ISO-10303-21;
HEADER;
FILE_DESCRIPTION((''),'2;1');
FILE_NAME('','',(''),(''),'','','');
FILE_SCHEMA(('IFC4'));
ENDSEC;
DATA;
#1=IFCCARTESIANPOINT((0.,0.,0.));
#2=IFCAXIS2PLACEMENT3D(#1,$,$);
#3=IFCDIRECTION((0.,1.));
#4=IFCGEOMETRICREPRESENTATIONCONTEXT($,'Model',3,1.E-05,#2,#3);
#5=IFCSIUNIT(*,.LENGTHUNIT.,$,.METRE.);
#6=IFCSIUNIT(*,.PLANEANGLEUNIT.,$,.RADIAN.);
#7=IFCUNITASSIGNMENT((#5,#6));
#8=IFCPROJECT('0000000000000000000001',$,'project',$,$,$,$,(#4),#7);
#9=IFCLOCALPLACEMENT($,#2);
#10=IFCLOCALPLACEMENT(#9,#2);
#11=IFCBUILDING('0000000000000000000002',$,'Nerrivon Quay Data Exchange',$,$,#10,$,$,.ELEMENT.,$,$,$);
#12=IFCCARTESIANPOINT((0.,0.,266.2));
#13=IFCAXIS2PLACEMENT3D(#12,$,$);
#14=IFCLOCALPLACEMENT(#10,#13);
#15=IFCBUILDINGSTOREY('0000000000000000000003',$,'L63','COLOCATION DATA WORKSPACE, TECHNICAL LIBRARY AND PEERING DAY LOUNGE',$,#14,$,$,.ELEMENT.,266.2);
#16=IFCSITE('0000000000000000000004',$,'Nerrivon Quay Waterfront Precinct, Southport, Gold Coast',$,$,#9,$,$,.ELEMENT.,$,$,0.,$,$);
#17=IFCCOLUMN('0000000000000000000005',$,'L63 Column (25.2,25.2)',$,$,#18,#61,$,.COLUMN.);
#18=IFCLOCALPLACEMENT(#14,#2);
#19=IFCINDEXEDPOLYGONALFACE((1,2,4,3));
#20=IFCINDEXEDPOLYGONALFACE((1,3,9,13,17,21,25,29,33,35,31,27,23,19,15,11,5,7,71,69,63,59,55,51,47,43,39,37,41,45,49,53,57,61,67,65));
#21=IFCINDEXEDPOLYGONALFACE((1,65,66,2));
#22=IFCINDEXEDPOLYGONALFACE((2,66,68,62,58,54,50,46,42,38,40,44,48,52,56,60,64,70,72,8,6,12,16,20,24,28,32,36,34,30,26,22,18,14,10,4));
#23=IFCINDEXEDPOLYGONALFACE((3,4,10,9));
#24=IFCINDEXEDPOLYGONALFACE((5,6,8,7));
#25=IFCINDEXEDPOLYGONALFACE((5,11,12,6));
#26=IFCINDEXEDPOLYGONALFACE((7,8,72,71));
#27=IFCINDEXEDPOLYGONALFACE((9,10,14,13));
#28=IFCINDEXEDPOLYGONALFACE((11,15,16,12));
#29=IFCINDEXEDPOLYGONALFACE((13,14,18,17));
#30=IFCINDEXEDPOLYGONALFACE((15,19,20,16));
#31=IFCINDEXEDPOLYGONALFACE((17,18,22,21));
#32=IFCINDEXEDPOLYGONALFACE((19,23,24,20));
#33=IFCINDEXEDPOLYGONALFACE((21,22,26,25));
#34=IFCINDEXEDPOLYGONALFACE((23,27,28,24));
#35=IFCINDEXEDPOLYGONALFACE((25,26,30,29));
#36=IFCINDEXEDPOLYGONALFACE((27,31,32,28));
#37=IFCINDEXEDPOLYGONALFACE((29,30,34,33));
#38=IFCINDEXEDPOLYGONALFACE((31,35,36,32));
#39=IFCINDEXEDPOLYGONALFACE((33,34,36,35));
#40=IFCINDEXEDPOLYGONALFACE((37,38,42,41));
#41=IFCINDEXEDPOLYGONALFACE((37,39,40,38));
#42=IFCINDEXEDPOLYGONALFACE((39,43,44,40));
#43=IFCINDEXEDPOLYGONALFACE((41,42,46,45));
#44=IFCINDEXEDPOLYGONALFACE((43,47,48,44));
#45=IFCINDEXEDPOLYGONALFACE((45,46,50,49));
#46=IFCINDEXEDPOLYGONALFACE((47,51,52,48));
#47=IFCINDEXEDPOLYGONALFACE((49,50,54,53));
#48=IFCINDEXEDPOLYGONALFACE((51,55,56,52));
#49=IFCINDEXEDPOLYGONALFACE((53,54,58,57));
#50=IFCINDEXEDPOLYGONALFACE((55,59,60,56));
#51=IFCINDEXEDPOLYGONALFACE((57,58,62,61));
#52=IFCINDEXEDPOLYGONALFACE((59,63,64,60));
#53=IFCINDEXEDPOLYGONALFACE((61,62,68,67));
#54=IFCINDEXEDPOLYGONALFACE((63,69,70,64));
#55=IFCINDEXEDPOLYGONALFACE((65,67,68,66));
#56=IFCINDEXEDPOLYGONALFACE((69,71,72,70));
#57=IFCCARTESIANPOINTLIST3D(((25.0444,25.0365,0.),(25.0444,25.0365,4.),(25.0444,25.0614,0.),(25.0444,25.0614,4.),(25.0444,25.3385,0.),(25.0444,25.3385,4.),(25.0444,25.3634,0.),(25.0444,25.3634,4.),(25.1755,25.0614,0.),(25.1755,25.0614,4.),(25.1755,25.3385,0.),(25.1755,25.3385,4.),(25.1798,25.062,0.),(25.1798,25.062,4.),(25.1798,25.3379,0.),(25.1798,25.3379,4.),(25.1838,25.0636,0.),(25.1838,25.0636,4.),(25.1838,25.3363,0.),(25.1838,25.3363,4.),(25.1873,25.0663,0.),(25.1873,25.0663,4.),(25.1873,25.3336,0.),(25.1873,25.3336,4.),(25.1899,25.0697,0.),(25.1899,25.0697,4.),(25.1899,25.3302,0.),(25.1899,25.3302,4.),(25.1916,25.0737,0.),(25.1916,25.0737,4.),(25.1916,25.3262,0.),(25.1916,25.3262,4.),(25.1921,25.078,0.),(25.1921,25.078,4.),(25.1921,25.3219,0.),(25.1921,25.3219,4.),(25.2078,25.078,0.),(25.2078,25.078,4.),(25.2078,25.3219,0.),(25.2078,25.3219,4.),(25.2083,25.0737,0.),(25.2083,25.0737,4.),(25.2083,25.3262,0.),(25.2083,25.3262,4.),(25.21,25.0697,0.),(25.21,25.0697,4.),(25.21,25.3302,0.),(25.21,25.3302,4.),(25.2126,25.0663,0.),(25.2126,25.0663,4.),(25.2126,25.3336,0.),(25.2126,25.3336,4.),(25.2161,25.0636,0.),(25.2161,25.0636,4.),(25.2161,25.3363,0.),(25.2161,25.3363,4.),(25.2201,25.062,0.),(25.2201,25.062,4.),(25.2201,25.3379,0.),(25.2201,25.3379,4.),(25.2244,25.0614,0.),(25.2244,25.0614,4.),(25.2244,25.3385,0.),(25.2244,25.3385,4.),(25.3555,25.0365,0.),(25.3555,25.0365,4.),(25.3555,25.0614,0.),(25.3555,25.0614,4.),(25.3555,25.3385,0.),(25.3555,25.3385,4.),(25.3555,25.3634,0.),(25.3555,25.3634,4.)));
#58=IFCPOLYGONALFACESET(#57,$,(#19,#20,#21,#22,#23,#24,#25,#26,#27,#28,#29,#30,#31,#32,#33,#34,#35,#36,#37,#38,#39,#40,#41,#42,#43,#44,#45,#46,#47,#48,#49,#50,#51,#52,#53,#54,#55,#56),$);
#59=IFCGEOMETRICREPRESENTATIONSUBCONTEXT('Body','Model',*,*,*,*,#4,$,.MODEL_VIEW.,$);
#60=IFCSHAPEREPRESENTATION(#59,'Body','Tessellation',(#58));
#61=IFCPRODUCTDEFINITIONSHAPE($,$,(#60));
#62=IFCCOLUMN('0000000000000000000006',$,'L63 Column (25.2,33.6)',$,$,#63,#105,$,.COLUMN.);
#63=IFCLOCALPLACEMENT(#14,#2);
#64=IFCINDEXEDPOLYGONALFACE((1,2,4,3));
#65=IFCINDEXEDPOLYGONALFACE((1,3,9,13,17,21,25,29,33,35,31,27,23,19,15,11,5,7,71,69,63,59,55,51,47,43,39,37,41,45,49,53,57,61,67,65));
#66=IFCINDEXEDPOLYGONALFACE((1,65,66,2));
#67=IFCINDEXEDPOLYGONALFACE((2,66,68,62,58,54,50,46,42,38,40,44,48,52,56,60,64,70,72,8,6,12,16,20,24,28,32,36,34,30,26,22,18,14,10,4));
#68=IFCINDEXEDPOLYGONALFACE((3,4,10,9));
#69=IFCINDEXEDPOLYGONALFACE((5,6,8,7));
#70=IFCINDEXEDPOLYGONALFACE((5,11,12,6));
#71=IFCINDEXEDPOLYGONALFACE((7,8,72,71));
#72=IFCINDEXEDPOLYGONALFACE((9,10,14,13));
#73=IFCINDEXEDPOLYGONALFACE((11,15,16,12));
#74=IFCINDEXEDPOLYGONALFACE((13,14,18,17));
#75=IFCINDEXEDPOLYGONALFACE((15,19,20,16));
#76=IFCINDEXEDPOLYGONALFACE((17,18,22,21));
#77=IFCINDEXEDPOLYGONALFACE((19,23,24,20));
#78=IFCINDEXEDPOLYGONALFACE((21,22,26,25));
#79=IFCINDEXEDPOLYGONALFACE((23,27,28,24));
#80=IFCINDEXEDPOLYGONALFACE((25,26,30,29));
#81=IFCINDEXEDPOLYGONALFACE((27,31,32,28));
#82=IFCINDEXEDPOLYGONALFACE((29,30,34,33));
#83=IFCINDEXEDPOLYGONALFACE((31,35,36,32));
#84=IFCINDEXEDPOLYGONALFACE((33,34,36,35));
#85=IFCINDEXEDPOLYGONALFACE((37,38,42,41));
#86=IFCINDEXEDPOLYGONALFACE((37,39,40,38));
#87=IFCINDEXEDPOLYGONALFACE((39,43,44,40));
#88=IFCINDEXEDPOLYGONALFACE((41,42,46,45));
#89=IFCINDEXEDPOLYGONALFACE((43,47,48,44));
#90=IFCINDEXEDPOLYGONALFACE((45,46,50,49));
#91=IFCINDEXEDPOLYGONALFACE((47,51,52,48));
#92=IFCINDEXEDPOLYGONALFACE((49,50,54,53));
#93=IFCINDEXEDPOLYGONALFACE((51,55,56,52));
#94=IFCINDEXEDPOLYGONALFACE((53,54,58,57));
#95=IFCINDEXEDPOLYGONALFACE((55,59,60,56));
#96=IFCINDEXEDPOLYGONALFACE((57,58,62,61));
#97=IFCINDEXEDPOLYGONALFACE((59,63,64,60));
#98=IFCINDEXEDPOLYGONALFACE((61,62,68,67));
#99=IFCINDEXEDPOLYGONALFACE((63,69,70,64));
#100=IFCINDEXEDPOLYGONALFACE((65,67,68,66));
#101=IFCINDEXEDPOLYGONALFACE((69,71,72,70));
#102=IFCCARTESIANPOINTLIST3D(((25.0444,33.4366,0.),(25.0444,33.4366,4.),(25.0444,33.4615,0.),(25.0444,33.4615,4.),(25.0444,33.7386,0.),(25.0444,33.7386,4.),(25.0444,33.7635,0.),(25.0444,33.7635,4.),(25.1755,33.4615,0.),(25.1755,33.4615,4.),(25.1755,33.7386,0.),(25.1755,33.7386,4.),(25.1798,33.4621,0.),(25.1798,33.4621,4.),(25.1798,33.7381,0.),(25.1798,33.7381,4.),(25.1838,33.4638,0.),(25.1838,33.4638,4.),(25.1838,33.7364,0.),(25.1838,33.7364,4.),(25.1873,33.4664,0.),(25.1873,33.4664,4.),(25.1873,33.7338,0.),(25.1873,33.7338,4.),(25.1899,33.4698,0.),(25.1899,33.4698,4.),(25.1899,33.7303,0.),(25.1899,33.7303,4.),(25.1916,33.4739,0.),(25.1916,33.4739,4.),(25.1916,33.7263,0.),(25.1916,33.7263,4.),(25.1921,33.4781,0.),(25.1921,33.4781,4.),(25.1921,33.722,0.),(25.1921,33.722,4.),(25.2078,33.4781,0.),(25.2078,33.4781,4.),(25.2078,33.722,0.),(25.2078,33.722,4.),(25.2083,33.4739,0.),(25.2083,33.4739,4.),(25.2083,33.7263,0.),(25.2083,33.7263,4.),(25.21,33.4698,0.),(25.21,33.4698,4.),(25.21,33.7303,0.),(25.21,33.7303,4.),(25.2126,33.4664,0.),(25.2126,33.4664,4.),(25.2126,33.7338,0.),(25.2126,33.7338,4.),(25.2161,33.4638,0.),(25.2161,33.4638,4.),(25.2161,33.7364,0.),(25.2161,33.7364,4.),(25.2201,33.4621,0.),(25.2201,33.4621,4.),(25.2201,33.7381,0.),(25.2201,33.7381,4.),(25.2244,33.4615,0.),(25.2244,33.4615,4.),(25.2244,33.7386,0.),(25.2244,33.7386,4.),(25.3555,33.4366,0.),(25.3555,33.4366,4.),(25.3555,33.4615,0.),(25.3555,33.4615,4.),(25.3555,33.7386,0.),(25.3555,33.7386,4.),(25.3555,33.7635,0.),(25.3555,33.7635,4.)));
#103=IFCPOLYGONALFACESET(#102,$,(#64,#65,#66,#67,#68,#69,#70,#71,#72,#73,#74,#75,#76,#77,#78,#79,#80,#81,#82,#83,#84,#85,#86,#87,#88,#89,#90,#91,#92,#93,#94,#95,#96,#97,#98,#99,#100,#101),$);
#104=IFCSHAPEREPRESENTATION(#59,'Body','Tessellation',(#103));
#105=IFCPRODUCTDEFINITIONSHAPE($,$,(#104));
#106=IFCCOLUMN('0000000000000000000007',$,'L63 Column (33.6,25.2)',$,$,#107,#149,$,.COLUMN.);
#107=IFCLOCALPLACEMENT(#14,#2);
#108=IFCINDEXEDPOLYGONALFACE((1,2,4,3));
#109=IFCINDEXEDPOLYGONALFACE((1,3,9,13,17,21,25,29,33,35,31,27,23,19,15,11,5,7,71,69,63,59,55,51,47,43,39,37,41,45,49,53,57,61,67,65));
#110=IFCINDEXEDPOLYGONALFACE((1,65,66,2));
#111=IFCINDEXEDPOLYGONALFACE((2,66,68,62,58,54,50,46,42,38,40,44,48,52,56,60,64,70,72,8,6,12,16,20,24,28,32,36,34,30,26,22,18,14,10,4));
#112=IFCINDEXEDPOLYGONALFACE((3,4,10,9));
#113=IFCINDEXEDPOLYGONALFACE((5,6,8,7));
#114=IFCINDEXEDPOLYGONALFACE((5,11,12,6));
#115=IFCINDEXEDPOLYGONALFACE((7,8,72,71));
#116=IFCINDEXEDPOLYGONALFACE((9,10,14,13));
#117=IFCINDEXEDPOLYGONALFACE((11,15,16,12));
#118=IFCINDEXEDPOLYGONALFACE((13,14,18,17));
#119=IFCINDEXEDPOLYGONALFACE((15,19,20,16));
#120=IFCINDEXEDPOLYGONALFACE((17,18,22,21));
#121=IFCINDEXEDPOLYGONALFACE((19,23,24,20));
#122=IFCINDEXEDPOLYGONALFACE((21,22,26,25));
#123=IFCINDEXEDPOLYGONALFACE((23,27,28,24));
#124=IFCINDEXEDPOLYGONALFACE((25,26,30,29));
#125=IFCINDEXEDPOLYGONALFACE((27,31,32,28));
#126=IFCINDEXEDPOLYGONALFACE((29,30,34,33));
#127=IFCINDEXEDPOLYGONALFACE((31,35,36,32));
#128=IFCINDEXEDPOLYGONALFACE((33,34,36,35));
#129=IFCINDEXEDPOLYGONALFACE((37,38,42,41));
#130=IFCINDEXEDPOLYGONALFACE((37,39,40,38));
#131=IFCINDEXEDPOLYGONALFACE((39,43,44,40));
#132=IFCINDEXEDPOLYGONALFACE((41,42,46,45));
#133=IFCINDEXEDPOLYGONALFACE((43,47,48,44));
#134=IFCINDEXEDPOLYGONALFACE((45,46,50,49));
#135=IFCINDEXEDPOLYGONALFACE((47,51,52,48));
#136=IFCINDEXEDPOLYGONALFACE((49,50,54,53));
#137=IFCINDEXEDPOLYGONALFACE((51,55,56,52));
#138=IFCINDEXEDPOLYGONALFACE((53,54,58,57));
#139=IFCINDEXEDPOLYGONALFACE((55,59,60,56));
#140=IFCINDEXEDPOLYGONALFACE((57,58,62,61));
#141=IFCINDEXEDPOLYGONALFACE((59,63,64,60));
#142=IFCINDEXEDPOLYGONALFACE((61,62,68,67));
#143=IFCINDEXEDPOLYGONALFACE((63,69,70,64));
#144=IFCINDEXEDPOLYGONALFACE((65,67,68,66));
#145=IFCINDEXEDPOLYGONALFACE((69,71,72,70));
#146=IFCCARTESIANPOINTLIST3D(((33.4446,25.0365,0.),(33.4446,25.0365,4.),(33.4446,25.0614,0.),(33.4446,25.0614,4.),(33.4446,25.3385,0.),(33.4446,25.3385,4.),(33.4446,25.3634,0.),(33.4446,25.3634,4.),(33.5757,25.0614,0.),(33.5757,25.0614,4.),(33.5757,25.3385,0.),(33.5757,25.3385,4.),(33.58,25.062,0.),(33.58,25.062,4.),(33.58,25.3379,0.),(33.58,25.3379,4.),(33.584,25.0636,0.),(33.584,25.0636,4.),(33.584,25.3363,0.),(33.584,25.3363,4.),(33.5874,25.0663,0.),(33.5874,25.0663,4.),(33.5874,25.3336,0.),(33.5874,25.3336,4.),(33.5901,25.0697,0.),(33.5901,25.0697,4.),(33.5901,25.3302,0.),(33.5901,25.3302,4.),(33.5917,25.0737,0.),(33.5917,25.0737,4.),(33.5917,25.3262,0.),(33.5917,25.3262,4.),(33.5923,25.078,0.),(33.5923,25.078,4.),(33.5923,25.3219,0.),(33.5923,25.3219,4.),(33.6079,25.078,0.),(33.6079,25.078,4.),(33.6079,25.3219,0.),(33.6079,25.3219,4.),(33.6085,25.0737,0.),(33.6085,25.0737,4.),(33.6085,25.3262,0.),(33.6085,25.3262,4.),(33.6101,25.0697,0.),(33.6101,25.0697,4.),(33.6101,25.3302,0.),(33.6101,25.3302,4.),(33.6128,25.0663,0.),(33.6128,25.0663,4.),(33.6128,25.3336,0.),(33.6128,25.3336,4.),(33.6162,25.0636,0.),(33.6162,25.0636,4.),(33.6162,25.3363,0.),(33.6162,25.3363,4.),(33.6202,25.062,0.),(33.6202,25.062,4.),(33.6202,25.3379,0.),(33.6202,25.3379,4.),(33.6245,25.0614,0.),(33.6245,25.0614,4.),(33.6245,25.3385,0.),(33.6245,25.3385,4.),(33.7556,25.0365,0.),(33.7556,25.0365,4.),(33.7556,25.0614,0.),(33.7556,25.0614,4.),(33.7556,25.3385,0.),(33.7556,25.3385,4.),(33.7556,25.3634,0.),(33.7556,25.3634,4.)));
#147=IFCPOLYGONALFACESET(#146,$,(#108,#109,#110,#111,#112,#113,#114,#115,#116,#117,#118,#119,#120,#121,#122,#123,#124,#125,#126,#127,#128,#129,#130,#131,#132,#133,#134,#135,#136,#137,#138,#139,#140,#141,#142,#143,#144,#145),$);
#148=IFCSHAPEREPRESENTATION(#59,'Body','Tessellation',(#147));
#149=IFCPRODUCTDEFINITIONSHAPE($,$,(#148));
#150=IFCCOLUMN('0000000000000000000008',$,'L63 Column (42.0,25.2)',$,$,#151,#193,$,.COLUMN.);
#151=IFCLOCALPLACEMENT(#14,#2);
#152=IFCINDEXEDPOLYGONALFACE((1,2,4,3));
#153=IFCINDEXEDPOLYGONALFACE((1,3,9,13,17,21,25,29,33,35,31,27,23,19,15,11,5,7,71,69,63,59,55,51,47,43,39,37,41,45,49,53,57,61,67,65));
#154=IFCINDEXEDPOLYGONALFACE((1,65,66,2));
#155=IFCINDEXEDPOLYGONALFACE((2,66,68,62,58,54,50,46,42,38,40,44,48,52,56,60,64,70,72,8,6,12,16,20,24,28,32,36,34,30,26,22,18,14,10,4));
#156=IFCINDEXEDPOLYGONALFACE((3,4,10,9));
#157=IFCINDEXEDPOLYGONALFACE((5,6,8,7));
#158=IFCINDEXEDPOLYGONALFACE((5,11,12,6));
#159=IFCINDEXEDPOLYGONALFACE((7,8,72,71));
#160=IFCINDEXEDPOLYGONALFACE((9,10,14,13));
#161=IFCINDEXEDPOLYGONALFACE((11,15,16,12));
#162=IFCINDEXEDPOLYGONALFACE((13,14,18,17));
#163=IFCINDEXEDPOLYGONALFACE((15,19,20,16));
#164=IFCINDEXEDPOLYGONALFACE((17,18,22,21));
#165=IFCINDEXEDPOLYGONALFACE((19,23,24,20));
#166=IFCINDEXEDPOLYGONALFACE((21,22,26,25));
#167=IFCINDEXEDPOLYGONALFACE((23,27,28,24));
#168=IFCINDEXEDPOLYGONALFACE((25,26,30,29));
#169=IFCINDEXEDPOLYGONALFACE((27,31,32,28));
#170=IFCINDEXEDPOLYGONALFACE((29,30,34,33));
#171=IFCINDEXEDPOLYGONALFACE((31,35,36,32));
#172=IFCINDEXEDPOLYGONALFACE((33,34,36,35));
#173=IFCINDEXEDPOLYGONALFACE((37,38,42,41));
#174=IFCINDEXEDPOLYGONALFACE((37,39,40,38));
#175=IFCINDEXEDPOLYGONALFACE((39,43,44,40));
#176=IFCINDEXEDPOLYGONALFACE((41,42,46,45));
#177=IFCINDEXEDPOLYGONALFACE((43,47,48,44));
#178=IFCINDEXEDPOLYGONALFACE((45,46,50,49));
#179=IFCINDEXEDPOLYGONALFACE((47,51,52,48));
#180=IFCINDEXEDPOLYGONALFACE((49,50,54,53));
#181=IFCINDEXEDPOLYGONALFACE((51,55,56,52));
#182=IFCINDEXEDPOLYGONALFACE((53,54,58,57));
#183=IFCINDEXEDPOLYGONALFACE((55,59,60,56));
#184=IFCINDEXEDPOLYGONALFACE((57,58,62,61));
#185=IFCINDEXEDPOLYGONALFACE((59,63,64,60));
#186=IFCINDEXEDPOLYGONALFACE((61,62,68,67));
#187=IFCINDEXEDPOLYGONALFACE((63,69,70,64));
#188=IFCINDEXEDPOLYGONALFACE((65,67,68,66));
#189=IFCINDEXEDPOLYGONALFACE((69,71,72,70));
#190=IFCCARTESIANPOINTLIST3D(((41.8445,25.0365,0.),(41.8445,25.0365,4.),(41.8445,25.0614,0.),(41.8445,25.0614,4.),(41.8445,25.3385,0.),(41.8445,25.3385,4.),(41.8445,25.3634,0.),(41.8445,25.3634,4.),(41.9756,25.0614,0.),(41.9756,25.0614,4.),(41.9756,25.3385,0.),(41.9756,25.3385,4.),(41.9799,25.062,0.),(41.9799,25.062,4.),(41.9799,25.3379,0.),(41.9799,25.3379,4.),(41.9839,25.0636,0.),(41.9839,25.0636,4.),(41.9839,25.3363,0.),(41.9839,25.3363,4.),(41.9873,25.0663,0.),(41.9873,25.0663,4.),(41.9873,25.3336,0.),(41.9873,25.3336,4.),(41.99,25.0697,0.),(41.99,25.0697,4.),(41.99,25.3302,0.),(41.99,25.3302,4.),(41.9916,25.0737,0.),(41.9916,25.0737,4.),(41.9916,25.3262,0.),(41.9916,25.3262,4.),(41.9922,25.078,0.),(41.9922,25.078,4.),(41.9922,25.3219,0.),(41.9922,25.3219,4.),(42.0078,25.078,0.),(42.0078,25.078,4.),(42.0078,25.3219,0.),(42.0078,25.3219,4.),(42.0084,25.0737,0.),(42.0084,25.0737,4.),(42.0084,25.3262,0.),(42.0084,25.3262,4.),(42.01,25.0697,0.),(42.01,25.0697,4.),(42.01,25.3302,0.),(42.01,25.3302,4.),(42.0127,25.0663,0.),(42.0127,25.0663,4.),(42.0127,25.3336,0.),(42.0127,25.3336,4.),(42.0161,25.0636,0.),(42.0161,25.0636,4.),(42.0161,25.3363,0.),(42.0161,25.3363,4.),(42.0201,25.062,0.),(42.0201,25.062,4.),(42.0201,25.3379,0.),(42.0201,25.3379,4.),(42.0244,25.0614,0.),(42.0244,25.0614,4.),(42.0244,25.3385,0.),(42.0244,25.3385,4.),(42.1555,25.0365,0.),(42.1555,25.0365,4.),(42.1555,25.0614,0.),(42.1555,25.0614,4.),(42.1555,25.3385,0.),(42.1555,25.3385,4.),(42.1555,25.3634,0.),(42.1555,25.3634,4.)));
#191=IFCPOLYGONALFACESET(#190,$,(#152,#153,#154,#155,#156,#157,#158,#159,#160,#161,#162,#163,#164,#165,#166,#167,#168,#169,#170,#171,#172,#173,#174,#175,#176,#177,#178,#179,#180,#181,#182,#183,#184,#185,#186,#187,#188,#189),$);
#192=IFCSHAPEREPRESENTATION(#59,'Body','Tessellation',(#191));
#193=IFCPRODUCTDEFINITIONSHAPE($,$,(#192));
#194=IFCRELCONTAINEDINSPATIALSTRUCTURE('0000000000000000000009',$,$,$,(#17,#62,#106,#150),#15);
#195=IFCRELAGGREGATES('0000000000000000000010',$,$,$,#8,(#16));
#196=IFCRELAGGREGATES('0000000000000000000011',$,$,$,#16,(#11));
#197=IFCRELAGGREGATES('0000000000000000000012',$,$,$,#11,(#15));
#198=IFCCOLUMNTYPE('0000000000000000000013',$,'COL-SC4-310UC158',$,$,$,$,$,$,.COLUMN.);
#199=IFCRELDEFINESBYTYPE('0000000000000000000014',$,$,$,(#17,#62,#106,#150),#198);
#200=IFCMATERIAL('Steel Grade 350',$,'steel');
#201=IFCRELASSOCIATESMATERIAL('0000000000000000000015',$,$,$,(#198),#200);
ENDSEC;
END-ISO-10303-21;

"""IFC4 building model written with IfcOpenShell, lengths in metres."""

from ifc_helpers import new_model, si_unit, direction, frame, origin, origin_2d, place, context, subcontext, project, spatial, i_section, extrude, material, material_profile, profile_set, type_object, element, save


model = new_model("IFC4")

# Units and contexts
model_context = context("Model", 3, precision=1e-05, world=origin(), true_north=direction((0.0, 1.0)))
body_context = subcontext(model_context, "Body", "Model", "MODEL_VIEW")
ifc_project = project(units=[si_unit("LENGTHUNIT", "METRE"), si_unit("PLANEANGLEUNIT", "RADIAN")], contexts=[model_context])

# Site, building, storey
site_placement = place(None, origin())
site = spatial("IfcSite", under=ifc_project, at=site_placement, Name="Nerrivon Quay Waterfront Precinct, Southport, Gold Coast", CompositionType="ELEMENT", RefElevation=0.0)
building_placement = place(site_placement, origin())
building = spatial("IfcBuilding", under=site, at=building_placement, Name="Nerrivon Quay Data Exchange", CompositionType="ELEMENT")
storey_placement = place(building_placement, frame((0.0, 0.0, 266.2)))
storey = spatial("IfcBuildingStorey", under=building, at=storey_placement, Name="L63", Description="COLOCATION DATA WORKSPACE, TECHNICAL LIBRARY AND PEERING DAY LOUNGE", CompositionType="ELEMENT", Elevation=266.2)

# Columns
ifc_material_1 = material(Name="Steel Grade 350", Category="steel")
ifc_material_profile_1 = material_profile(ifc_material_1, i_section(OverallWidth=0.311, OverallDepth=0.3269, WebThickness=0.0156, FlangeThickness=0.0249, FilletRadius=0.0166, at=origin_2d()), Name="310UC158")
ifc_profile_set_1 = profile_set([ifc_material_profile_1], Name="Steel Grade 350")
column_type = type_object("IfcColumnType", Name="COL-SC4-310UC158", PredefinedType="COLUMN", material=ifc_profile_set_1)
for number, where, z_axis, x_axis, name in (
    (1, (25.2, 25.2, 0.0), (0.0, 0.0, 1.0), (1.0, 0.0, 0.0), "L63 Column (25.2,25.2)"),
    (2, (25.2, 33.6001, 0.0), (0.0, 0.0, 1.0), (1.0, 0.0, 0.0), "L63 Column (25.2,33.6)"),
    (3, (33.6001, 25.2, 0.0), (0.0, 0.0, 1.0), (1.0, 0.0, 0.0), "L63 Column (33.6,25.2)"),
    (4, (42.0, 25.2, 0.0), (0.0, 0.0, 1.0), (1.0, 0.0, 0.0), "L63 Column (42.0,25.2)"),
):
    element("IfcColumn", number, at=place(storey_placement, frame(where, z_axis=z_axis, x_axis=x_axis)), inside=storey, type_object=column_type, Name=name, PredefinedType="COLUMN", context=body_context, shape_type="SweptSolid", body=[
        extrude(i_section(OverallWidth=0.311, OverallDepth=0.3269, WebThickness=0.0156, FlangeThickness=0.0249, FilletRadius=0.0166, at=origin_2d()), origin(), (0.0, 0.0, 1.0), 4.0),
    ])

save(model, "model.ifc")
